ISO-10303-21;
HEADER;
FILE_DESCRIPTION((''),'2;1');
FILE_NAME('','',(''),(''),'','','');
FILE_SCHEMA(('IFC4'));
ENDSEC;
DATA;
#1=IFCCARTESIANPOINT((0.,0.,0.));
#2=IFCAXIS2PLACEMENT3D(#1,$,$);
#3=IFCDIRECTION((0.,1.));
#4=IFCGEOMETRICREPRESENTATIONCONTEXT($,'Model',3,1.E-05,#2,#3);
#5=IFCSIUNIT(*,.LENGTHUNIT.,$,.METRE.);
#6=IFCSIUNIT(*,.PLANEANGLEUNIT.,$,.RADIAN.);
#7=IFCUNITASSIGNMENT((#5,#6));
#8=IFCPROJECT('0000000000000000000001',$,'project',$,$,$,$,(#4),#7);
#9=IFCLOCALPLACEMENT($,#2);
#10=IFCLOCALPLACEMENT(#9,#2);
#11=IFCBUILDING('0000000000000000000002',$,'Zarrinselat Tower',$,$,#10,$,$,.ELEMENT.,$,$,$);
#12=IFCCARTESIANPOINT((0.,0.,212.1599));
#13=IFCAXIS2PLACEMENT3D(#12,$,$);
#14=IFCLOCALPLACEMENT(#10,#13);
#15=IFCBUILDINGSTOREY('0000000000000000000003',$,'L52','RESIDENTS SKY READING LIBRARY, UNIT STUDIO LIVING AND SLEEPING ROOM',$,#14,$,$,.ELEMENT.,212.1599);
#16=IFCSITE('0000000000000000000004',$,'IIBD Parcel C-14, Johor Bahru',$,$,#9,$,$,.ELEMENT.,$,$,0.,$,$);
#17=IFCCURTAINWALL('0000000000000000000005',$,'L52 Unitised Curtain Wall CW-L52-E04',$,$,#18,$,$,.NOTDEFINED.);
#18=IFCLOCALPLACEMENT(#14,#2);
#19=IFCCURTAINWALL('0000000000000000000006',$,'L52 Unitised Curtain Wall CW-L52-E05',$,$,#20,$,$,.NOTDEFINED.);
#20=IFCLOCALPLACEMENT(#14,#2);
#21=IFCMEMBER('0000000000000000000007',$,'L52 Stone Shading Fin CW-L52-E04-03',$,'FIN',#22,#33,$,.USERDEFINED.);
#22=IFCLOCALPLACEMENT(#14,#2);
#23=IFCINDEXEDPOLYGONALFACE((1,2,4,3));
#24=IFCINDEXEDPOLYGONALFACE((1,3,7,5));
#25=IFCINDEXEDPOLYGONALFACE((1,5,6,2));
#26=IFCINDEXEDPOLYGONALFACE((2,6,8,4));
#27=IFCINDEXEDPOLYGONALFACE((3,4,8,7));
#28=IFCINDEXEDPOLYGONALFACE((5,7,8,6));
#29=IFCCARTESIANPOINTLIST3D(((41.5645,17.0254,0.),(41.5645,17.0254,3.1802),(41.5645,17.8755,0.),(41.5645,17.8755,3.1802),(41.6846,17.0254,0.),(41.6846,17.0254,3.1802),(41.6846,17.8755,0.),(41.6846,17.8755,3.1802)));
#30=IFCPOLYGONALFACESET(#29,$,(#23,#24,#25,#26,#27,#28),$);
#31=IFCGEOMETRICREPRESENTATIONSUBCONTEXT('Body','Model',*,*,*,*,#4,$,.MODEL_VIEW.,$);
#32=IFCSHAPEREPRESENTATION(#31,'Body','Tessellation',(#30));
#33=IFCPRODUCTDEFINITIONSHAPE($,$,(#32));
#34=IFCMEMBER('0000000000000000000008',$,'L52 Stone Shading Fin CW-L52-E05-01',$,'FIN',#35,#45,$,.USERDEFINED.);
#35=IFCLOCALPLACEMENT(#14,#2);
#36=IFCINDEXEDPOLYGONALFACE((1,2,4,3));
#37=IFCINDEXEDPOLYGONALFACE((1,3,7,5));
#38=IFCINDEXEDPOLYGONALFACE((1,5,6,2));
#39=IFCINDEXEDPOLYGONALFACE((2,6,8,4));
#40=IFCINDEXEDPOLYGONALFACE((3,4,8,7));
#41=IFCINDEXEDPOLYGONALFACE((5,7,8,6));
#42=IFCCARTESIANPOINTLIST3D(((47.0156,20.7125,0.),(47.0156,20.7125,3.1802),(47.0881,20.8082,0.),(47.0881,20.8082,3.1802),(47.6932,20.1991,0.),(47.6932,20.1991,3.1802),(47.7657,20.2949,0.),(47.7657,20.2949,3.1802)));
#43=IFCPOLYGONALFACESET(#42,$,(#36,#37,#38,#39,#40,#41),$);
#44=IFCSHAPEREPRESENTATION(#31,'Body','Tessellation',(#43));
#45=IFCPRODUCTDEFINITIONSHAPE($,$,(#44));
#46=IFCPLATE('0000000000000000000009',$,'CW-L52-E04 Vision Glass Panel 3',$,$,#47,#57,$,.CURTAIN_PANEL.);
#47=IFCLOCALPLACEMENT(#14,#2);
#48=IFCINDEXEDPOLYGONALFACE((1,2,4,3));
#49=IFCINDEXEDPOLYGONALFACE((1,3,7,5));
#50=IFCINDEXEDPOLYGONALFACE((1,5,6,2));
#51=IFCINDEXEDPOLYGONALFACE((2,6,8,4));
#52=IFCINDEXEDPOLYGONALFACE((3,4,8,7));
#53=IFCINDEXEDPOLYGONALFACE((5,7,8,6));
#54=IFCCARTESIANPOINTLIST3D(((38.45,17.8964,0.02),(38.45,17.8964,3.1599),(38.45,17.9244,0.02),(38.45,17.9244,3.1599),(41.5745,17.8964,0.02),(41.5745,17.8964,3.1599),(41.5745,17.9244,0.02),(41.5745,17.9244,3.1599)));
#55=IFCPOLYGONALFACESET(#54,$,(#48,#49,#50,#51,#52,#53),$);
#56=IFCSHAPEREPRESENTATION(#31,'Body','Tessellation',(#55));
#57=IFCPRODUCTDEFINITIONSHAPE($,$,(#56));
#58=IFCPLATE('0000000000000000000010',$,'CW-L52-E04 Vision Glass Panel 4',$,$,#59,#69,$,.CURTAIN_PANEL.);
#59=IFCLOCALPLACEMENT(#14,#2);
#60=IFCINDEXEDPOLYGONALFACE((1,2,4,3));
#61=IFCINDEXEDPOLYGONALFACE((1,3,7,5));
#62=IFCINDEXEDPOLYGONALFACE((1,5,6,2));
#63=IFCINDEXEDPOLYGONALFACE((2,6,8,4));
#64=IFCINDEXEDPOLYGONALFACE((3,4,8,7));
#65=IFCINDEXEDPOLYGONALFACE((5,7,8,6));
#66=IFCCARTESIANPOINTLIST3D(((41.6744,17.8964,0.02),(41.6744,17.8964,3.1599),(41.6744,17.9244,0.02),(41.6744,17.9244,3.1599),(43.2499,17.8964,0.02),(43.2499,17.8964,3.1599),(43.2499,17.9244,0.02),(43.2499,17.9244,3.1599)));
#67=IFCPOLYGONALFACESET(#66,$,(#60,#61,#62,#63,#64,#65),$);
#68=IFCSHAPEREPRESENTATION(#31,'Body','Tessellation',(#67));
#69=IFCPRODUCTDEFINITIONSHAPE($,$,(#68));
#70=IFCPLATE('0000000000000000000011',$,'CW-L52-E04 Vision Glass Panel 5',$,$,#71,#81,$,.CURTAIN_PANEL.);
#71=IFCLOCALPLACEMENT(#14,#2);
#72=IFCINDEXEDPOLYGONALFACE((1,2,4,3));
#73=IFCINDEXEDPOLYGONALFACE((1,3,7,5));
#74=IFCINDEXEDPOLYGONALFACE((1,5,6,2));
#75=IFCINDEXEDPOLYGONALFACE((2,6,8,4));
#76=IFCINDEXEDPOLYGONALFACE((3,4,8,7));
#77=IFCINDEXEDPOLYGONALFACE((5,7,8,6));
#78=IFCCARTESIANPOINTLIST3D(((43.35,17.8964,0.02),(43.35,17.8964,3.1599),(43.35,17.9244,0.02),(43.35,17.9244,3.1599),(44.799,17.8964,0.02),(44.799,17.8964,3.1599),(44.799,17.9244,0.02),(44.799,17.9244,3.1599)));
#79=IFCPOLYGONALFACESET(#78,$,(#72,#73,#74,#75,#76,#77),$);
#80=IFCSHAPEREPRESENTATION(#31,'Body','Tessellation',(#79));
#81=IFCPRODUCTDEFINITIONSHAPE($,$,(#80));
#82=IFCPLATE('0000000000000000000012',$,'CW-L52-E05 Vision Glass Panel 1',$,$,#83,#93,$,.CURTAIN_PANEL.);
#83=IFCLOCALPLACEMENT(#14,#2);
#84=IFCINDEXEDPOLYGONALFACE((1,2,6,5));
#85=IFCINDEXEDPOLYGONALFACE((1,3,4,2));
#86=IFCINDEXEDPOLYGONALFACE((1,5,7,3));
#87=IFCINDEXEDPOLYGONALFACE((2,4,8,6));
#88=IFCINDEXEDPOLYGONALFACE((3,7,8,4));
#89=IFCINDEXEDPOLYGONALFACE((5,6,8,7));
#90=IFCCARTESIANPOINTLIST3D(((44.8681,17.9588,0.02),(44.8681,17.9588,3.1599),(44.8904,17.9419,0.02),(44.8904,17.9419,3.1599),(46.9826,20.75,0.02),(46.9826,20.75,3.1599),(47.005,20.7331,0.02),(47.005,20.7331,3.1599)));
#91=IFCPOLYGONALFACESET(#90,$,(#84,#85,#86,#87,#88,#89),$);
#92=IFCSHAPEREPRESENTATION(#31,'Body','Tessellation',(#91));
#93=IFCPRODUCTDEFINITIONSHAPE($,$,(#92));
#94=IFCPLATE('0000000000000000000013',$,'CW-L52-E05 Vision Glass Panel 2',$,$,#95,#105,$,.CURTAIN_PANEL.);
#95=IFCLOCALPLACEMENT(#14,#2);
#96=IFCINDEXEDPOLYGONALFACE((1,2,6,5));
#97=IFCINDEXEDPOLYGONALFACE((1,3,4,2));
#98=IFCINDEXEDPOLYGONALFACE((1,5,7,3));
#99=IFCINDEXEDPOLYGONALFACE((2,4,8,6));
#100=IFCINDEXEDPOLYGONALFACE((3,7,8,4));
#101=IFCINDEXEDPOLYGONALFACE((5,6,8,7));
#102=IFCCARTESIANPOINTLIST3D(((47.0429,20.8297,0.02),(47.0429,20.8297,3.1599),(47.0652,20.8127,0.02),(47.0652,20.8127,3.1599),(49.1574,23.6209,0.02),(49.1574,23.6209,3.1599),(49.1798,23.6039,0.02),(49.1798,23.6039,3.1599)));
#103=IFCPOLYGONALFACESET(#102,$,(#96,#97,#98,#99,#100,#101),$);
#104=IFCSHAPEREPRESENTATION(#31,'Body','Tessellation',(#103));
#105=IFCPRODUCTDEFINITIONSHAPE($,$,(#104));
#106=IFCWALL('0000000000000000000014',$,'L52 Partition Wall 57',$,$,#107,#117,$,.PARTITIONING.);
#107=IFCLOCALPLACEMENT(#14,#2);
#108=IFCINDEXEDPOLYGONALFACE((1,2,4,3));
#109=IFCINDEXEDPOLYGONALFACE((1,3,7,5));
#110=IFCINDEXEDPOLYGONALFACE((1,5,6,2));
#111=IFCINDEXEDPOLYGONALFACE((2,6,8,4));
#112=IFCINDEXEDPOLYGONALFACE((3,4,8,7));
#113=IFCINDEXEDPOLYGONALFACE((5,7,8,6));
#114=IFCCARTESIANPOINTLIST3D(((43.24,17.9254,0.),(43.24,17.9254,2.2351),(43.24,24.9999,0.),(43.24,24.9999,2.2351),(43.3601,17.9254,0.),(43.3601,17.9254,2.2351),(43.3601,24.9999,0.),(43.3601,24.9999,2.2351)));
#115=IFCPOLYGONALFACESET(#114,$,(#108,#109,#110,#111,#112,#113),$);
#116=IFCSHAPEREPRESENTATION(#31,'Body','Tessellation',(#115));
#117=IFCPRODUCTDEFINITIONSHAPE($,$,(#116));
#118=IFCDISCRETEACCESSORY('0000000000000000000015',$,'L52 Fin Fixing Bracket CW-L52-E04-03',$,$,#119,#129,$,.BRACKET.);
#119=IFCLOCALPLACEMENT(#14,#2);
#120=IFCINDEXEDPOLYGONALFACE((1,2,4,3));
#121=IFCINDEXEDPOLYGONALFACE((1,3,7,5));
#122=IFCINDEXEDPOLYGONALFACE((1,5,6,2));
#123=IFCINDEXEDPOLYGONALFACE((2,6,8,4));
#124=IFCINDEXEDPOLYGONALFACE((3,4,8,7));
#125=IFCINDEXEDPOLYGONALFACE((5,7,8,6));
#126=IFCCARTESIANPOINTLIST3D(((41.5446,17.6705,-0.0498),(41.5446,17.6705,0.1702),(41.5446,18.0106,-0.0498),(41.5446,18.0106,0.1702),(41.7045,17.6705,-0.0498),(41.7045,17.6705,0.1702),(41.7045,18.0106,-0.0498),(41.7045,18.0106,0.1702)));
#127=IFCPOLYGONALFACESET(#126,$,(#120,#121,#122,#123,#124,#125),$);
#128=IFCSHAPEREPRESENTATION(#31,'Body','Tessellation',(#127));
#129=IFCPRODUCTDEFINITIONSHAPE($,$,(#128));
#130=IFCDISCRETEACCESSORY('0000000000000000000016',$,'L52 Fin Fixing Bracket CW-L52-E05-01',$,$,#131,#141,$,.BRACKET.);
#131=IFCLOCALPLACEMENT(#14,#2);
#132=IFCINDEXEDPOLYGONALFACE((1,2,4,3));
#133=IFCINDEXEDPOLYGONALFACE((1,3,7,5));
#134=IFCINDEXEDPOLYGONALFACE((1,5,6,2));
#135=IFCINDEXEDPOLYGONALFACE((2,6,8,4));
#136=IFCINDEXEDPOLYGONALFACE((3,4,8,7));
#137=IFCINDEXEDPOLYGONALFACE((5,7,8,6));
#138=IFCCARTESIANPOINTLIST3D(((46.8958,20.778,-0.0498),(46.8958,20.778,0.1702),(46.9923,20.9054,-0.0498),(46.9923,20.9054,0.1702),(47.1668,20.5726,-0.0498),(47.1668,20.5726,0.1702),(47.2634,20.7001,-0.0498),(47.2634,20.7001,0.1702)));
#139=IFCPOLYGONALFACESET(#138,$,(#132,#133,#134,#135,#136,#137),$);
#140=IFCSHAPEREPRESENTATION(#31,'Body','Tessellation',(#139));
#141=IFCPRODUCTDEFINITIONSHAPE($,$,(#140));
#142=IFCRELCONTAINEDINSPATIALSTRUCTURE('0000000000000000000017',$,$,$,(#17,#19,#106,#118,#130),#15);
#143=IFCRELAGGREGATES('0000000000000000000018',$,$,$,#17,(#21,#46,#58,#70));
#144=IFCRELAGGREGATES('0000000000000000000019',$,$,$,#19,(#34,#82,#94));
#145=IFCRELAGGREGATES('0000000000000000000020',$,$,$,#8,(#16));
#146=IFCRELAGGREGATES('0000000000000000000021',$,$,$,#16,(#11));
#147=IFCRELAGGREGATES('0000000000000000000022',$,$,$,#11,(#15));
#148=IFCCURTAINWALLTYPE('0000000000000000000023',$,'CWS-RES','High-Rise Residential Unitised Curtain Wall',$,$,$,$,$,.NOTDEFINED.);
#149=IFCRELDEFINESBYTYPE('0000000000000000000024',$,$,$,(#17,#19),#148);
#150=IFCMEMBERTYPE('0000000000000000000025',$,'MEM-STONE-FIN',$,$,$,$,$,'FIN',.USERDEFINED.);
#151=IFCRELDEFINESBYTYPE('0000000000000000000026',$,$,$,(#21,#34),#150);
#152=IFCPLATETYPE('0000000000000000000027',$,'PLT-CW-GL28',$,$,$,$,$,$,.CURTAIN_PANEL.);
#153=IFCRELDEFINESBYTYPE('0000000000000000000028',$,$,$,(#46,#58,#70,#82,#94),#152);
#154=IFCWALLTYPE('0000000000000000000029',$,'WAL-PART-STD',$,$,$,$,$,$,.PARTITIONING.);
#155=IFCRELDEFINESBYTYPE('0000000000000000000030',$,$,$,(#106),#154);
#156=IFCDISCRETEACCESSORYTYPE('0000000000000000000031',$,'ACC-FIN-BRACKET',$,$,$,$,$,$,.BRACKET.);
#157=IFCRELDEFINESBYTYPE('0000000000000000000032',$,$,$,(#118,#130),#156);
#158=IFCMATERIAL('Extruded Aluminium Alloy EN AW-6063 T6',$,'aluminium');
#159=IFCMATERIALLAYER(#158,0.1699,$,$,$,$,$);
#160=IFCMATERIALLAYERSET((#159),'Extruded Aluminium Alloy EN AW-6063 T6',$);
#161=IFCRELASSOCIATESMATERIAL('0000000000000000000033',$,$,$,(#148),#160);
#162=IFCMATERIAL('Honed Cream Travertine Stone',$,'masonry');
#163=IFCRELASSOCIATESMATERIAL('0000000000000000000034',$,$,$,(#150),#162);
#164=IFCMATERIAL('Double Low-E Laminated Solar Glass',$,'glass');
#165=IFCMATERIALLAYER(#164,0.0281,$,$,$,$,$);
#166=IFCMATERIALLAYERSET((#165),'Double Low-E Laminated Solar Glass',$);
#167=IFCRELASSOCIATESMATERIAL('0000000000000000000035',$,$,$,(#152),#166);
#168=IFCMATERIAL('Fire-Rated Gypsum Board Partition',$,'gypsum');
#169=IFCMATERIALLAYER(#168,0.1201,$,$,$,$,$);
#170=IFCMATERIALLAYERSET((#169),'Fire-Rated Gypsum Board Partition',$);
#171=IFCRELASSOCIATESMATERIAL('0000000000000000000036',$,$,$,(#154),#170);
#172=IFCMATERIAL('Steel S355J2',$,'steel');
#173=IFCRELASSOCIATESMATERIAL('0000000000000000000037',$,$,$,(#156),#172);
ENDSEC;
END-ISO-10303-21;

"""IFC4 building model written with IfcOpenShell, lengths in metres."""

from ifc_helpers import new_model, si_unit, direction, frame, frame_2d, origin, origin_2d, place, context, subcontext, project, spatial, rectangle, extrude, material, layer, layer_set, material_profile, profile_set, type_object, element, aggregate, save


model = new_model("IFC4")

# Units and contexts
model_context = context("Model", 3, precision=1e-05, world=origin(), true_north=direction((0.0, 1.0)))
body_context = subcontext(model_context, "Body", "Model", "MODEL_VIEW")
ifc_project = project(units=[si_unit("LENGTHUNIT", "METRE"), si_unit("PLANEANGLEUNIT", "RADIAN")], contexts=[model_context])

# Site, building, storey
site_placement = place(None, origin())
site = spatial("IfcSite", under=ifc_project, at=site_placement, Name="IIBD Parcel C-14, Johor Bahru", CompositionType="ELEMENT", RefElevation=0.0)
building_placement = place(site_placement, origin())
building = spatial("IfcBuilding", under=site, at=building_placement, Name="Zarrinselat Tower", CompositionType="ELEMENT")
storey_placement = place(building_placement, frame((0.0, 0.0, 212.1599)))
storey = spatial("IfcBuildingStorey", under=building, at=storey_placement, Name="L52", Description="RESIDENTS SKY READING LIBRARY, UNIT STUDIO LIVING AND SLEEPING ROOM", CompositionType="ELEMENT", Elevation=212.1599)

# Curtain walls
ifc_material_1 = material(Name="Extruded Aluminium Alloy EN AW-6063 T6", Category="aluminium")
ifc_layer_1 = layer(ifc_material_1, 0.1699)
ifc_layer_set_1 = layer_set([ifc_layer_1], Name="Extruded Aluminium Alloy EN AW-6063 T6")
curtain_wall_type = type_object("IfcCurtainWallType", Name="CWS-RES", Description="High-Rise Residential Unitised Curtain Wall", PredefinedType="NOTDEFINED", material=ifc_layer_set_1)
curtain_wall_1_placement = place(storey_placement, origin())
curtain_wall_1 = element("IfcCurtainWall", 1, at=curtain_wall_1_placement, inside=storey, type_object=curtain_wall_type, Name="L52 Unitised Curtain Wall CW-L52-E04", PredefinedType="NOTDEFINED")
curtain_wall_2_placement = place(storey_placement, origin())
curtain_wall_2 = element("IfcCurtainWall", 2, at=curtain_wall_2_placement, inside=storey, type_object=curtain_wall_type, Name="L52 Unitised Curtain Wall CW-L52-E05", PredefinedType="NOTDEFINED")

# Members
ifc_material_2 = material(Name="Honed Cream Travertine Stone", Category="masonry")
ifc_material_profile_1 = material_profile(ifc_material_2, rectangle(XDim=0.1201, YDim=0.8501, at=origin_2d()), Name="FIN 850x120")
ifc_profile_set_1 = profile_set([ifc_material_profile_1], Name="Honed Cream Travertine Stone")
member_type_1 = type_object("IfcMemberType", Name="MEM-STONE-FIN", ElementType="FIN", PredefinedType="USERDEFINED", material=ifc_profile_set_1)
member_1_placement = place(storey_placement, frame((41.6245, 17.4504, 0.0), z_axis=(0.0, 0.0, 1.0), x_axis=(-1.0, 0.0, 0.0)))
member_1 = element("IfcMember", 3, at=member_1_placement, type_object=member_type_1, Name="L52 Stone Shading Fin CW-L52-E04-03", ObjectType="FIN", PredefinedType="USERDEFINED", context=body_context, shape_type="SweptSolid", body=[
    extrude(rectangle(XDim=0.1201, YDim=0.8501, at=origin_2d()), origin(), (0.0, 0.0, 1.0), 3.1802),
])
member_2_placement = place(storey_placement, frame((47.3906, 20.5037, 0.0), z_axis=(0.0, 0.0, 1.0), x_axis=(-0.603859, -0.797091, 0.0)))
member_2 = element("IfcMember", 4, at=member_2_placement, type_object=member_type_1, Name="L52 Stone Shading Fin CW-L52-E05-01", ObjectType="FIN", PredefinedType="USERDEFINED", context=body_context, shape_type="SweptSolid", body=[
    extrude(rectangle(XDim=0.1201, YDim=0.8501, at=origin_2d()), origin(), (0.0, 0.0, 1.0), 3.1802),
])

# Plates
ifc_material_3 = material(Name="Double Low-E Laminated Solar Glass", Category="glass")
ifc_layer_2 = layer(ifc_material_3, 0.0281)
ifc_layer_set_2 = layer_set([ifc_layer_2], Name="Double Low-E Laminated Solar Glass")
plate_type = type_object("IfcPlateType", Name="PLT-CW-GL28", PredefinedType="CURTAIN_PANEL", material=ifc_layer_set_2)
plate_1_placement = place(storey_placement, frame((40.0122, 17.9104, 0.02), z_axis=(0.0, 0.0, 1.0), x_axis=(1.0, 0.0, 0.0)))
plate_1 = element("IfcPlate", 5, at=plate_1_placement, type_object=plate_type, Name="CW-L52-E04 Vision Glass Panel 3", PredefinedType="CURTAIN_PANEL", context=body_context, shape_type="SweptSolid", body=[
    extrude(rectangle(XDim=3.1245, YDim=0.0281, at=origin_2d()), origin(), (0.0, 0.0, 1.0), 3.1399),
])
plate_2_placement = place(storey_placement, frame((42.4622, 17.9104, 0.02), z_axis=(0.0, 0.0, 1.0), x_axis=(1.0, 0.0, 0.0)))
plate_2 = element("IfcPlate", 6, at=plate_2_placement, type_object=plate_type, Name="CW-L52-E04 Vision Glass Panel 4", PredefinedType="CURTAIN_PANEL", context=body_context, shape_type="SweptSolid", body=[
    extrude(rectangle(XDim=1.5754, YDim=0.0281, at=origin_2d()), origin(), (0.0, 0.0, 1.0), 3.1399),
])
plate_3_placement = place(storey_placement, frame((44.0745, 17.9104, 0.02), z_axis=(0.0, 0.0, 1.0), x_axis=(1.0, 0.0, 0.0)))
plate_3 = element("IfcPlate", 7, at=plate_3_placement, type_object=plate_type, Name="CW-L52-E04 Vision Glass Panel 5", PredefinedType="CURTAIN_PANEL", context=body_context, shape_type="SweptSolid", body=[
    extrude(rectangle(XDim=1.449, YDim=0.0281, at=origin_2d()), origin(), (0.0, 0.0, 1.0), 3.1399),
])
aggregate(curtain_wall_1, [member_1, plate_1, plate_2, plate_3])
plate_4_placement = place(storey_placement, frame((45.9365, 19.3459, 0.02), z_axis=(0.0, 0.0, 1.0), x_axis=(0.603859, 0.797091, 0.0)))
plate_4 = element("IfcPlate", 8, at=plate_4_placement, type_object=plate_type, Name="CW-L52-E05 Vision Glass Panel 1", PredefinedType="CURTAIN_PANEL", context=body_context, shape_type="SweptSolid", body=[
    extrude(rectangle(XDim=3.5017, YDim=0.0281, at=origin_2d()), origin(), (0.0, 0.0, 1.0), 3.1399),
])
plate_5_placement = place(storey_placement, frame((48.1113, 22.2168, 0.02), z_axis=(0.0, 0.0, 1.0), x_axis=(0.603859, 0.797091, 0.0)))
plate_5 = element("IfcPlate", 9, at=plate_5_placement, type_object=plate_type, Name="CW-L52-E05 Vision Glass Panel 2", PredefinedType="CURTAIN_PANEL", context=body_context, shape_type="SweptSolid", body=[
    extrude(rectangle(XDim=3.5017, YDim=0.0281, at=origin_2d()), origin(), (0.0, 0.0, 1.0), 3.1399),
])
aggregate(curtain_wall_2, [member_2, plate_4, plate_5])

# Wall
ifc_material_4 = material(Name="Fire-Rated Gypsum Board Partition", Category="gypsum")
ifc_layer_3 = layer(ifc_material_4, 0.1201)
ifc_layer_set_3 = layer_set([ifc_layer_3], Name="Fire-Rated Gypsum Board Partition")
wall_type = type_object("IfcWallType", Name="WAL-PART-STD", PredefinedType="PARTITIONING", material=ifc_layer_set_3)
wall_placement = place(storey_placement, frame((43.3, 17.9255, 0.0), z_axis=(0.0, 0.0, 1.0), x_axis=(0.0, 1.0, 0.0)))
element("IfcWall", 10, at=wall_placement, inside=storey, type_object=wall_type, Name="L52 Partition Wall 57", PredefinedType="PARTITIONING", context=body_context, shape_type="SweptSolid", body=[
    extrude(rectangle(XDim=7.0745, YDim=0.1201, at=frame_2d((3.5371, 0.0))), origin(), (0.0, 0.0, 1.0), 2.2351),
])

# Discrete accessories
ifc_material_5 = material(Name="Steel S355J2", Category="steel")
discrete_accessory_type = type_object("IfcDiscreteAccessoryType", Name="ACC-FIN-BRACKET", PredefinedType="BRACKET", material=ifc_material_5)
for number, where, z_axis, x_axis, name in (
    (11, (41.6245, 17.8406, -0.0498), (0.0, 0.0, 1.0), (0.0, -1.0, 0.0), "L52 Fin Fixing Bracket CW-L52-E04-03"),
    (12, (47.0796, 20.739, -0.0498), (0.0, 0.0, 1.0), (0.797091, -0.603859, 0.0), "L52 Fin Fixing Bracket CW-L52-E05-01"),
):
    element("IfcDiscreteAccessory", number, at=place(storey_placement, frame(where, z_axis=z_axis, x_axis=x_axis)), inside=storey, type_object=discrete_accessory_type, Name=name, PredefinedType="BRACKET", context=body_context, shape_type="SweptSolid", body=[
        extrude(rectangle(XDim=0.3401, YDim=0.1599, at=origin_2d()), origin(), (0.0, 0.0, 1.0), 0.22),
    ])

save(model, "model.ifc")
